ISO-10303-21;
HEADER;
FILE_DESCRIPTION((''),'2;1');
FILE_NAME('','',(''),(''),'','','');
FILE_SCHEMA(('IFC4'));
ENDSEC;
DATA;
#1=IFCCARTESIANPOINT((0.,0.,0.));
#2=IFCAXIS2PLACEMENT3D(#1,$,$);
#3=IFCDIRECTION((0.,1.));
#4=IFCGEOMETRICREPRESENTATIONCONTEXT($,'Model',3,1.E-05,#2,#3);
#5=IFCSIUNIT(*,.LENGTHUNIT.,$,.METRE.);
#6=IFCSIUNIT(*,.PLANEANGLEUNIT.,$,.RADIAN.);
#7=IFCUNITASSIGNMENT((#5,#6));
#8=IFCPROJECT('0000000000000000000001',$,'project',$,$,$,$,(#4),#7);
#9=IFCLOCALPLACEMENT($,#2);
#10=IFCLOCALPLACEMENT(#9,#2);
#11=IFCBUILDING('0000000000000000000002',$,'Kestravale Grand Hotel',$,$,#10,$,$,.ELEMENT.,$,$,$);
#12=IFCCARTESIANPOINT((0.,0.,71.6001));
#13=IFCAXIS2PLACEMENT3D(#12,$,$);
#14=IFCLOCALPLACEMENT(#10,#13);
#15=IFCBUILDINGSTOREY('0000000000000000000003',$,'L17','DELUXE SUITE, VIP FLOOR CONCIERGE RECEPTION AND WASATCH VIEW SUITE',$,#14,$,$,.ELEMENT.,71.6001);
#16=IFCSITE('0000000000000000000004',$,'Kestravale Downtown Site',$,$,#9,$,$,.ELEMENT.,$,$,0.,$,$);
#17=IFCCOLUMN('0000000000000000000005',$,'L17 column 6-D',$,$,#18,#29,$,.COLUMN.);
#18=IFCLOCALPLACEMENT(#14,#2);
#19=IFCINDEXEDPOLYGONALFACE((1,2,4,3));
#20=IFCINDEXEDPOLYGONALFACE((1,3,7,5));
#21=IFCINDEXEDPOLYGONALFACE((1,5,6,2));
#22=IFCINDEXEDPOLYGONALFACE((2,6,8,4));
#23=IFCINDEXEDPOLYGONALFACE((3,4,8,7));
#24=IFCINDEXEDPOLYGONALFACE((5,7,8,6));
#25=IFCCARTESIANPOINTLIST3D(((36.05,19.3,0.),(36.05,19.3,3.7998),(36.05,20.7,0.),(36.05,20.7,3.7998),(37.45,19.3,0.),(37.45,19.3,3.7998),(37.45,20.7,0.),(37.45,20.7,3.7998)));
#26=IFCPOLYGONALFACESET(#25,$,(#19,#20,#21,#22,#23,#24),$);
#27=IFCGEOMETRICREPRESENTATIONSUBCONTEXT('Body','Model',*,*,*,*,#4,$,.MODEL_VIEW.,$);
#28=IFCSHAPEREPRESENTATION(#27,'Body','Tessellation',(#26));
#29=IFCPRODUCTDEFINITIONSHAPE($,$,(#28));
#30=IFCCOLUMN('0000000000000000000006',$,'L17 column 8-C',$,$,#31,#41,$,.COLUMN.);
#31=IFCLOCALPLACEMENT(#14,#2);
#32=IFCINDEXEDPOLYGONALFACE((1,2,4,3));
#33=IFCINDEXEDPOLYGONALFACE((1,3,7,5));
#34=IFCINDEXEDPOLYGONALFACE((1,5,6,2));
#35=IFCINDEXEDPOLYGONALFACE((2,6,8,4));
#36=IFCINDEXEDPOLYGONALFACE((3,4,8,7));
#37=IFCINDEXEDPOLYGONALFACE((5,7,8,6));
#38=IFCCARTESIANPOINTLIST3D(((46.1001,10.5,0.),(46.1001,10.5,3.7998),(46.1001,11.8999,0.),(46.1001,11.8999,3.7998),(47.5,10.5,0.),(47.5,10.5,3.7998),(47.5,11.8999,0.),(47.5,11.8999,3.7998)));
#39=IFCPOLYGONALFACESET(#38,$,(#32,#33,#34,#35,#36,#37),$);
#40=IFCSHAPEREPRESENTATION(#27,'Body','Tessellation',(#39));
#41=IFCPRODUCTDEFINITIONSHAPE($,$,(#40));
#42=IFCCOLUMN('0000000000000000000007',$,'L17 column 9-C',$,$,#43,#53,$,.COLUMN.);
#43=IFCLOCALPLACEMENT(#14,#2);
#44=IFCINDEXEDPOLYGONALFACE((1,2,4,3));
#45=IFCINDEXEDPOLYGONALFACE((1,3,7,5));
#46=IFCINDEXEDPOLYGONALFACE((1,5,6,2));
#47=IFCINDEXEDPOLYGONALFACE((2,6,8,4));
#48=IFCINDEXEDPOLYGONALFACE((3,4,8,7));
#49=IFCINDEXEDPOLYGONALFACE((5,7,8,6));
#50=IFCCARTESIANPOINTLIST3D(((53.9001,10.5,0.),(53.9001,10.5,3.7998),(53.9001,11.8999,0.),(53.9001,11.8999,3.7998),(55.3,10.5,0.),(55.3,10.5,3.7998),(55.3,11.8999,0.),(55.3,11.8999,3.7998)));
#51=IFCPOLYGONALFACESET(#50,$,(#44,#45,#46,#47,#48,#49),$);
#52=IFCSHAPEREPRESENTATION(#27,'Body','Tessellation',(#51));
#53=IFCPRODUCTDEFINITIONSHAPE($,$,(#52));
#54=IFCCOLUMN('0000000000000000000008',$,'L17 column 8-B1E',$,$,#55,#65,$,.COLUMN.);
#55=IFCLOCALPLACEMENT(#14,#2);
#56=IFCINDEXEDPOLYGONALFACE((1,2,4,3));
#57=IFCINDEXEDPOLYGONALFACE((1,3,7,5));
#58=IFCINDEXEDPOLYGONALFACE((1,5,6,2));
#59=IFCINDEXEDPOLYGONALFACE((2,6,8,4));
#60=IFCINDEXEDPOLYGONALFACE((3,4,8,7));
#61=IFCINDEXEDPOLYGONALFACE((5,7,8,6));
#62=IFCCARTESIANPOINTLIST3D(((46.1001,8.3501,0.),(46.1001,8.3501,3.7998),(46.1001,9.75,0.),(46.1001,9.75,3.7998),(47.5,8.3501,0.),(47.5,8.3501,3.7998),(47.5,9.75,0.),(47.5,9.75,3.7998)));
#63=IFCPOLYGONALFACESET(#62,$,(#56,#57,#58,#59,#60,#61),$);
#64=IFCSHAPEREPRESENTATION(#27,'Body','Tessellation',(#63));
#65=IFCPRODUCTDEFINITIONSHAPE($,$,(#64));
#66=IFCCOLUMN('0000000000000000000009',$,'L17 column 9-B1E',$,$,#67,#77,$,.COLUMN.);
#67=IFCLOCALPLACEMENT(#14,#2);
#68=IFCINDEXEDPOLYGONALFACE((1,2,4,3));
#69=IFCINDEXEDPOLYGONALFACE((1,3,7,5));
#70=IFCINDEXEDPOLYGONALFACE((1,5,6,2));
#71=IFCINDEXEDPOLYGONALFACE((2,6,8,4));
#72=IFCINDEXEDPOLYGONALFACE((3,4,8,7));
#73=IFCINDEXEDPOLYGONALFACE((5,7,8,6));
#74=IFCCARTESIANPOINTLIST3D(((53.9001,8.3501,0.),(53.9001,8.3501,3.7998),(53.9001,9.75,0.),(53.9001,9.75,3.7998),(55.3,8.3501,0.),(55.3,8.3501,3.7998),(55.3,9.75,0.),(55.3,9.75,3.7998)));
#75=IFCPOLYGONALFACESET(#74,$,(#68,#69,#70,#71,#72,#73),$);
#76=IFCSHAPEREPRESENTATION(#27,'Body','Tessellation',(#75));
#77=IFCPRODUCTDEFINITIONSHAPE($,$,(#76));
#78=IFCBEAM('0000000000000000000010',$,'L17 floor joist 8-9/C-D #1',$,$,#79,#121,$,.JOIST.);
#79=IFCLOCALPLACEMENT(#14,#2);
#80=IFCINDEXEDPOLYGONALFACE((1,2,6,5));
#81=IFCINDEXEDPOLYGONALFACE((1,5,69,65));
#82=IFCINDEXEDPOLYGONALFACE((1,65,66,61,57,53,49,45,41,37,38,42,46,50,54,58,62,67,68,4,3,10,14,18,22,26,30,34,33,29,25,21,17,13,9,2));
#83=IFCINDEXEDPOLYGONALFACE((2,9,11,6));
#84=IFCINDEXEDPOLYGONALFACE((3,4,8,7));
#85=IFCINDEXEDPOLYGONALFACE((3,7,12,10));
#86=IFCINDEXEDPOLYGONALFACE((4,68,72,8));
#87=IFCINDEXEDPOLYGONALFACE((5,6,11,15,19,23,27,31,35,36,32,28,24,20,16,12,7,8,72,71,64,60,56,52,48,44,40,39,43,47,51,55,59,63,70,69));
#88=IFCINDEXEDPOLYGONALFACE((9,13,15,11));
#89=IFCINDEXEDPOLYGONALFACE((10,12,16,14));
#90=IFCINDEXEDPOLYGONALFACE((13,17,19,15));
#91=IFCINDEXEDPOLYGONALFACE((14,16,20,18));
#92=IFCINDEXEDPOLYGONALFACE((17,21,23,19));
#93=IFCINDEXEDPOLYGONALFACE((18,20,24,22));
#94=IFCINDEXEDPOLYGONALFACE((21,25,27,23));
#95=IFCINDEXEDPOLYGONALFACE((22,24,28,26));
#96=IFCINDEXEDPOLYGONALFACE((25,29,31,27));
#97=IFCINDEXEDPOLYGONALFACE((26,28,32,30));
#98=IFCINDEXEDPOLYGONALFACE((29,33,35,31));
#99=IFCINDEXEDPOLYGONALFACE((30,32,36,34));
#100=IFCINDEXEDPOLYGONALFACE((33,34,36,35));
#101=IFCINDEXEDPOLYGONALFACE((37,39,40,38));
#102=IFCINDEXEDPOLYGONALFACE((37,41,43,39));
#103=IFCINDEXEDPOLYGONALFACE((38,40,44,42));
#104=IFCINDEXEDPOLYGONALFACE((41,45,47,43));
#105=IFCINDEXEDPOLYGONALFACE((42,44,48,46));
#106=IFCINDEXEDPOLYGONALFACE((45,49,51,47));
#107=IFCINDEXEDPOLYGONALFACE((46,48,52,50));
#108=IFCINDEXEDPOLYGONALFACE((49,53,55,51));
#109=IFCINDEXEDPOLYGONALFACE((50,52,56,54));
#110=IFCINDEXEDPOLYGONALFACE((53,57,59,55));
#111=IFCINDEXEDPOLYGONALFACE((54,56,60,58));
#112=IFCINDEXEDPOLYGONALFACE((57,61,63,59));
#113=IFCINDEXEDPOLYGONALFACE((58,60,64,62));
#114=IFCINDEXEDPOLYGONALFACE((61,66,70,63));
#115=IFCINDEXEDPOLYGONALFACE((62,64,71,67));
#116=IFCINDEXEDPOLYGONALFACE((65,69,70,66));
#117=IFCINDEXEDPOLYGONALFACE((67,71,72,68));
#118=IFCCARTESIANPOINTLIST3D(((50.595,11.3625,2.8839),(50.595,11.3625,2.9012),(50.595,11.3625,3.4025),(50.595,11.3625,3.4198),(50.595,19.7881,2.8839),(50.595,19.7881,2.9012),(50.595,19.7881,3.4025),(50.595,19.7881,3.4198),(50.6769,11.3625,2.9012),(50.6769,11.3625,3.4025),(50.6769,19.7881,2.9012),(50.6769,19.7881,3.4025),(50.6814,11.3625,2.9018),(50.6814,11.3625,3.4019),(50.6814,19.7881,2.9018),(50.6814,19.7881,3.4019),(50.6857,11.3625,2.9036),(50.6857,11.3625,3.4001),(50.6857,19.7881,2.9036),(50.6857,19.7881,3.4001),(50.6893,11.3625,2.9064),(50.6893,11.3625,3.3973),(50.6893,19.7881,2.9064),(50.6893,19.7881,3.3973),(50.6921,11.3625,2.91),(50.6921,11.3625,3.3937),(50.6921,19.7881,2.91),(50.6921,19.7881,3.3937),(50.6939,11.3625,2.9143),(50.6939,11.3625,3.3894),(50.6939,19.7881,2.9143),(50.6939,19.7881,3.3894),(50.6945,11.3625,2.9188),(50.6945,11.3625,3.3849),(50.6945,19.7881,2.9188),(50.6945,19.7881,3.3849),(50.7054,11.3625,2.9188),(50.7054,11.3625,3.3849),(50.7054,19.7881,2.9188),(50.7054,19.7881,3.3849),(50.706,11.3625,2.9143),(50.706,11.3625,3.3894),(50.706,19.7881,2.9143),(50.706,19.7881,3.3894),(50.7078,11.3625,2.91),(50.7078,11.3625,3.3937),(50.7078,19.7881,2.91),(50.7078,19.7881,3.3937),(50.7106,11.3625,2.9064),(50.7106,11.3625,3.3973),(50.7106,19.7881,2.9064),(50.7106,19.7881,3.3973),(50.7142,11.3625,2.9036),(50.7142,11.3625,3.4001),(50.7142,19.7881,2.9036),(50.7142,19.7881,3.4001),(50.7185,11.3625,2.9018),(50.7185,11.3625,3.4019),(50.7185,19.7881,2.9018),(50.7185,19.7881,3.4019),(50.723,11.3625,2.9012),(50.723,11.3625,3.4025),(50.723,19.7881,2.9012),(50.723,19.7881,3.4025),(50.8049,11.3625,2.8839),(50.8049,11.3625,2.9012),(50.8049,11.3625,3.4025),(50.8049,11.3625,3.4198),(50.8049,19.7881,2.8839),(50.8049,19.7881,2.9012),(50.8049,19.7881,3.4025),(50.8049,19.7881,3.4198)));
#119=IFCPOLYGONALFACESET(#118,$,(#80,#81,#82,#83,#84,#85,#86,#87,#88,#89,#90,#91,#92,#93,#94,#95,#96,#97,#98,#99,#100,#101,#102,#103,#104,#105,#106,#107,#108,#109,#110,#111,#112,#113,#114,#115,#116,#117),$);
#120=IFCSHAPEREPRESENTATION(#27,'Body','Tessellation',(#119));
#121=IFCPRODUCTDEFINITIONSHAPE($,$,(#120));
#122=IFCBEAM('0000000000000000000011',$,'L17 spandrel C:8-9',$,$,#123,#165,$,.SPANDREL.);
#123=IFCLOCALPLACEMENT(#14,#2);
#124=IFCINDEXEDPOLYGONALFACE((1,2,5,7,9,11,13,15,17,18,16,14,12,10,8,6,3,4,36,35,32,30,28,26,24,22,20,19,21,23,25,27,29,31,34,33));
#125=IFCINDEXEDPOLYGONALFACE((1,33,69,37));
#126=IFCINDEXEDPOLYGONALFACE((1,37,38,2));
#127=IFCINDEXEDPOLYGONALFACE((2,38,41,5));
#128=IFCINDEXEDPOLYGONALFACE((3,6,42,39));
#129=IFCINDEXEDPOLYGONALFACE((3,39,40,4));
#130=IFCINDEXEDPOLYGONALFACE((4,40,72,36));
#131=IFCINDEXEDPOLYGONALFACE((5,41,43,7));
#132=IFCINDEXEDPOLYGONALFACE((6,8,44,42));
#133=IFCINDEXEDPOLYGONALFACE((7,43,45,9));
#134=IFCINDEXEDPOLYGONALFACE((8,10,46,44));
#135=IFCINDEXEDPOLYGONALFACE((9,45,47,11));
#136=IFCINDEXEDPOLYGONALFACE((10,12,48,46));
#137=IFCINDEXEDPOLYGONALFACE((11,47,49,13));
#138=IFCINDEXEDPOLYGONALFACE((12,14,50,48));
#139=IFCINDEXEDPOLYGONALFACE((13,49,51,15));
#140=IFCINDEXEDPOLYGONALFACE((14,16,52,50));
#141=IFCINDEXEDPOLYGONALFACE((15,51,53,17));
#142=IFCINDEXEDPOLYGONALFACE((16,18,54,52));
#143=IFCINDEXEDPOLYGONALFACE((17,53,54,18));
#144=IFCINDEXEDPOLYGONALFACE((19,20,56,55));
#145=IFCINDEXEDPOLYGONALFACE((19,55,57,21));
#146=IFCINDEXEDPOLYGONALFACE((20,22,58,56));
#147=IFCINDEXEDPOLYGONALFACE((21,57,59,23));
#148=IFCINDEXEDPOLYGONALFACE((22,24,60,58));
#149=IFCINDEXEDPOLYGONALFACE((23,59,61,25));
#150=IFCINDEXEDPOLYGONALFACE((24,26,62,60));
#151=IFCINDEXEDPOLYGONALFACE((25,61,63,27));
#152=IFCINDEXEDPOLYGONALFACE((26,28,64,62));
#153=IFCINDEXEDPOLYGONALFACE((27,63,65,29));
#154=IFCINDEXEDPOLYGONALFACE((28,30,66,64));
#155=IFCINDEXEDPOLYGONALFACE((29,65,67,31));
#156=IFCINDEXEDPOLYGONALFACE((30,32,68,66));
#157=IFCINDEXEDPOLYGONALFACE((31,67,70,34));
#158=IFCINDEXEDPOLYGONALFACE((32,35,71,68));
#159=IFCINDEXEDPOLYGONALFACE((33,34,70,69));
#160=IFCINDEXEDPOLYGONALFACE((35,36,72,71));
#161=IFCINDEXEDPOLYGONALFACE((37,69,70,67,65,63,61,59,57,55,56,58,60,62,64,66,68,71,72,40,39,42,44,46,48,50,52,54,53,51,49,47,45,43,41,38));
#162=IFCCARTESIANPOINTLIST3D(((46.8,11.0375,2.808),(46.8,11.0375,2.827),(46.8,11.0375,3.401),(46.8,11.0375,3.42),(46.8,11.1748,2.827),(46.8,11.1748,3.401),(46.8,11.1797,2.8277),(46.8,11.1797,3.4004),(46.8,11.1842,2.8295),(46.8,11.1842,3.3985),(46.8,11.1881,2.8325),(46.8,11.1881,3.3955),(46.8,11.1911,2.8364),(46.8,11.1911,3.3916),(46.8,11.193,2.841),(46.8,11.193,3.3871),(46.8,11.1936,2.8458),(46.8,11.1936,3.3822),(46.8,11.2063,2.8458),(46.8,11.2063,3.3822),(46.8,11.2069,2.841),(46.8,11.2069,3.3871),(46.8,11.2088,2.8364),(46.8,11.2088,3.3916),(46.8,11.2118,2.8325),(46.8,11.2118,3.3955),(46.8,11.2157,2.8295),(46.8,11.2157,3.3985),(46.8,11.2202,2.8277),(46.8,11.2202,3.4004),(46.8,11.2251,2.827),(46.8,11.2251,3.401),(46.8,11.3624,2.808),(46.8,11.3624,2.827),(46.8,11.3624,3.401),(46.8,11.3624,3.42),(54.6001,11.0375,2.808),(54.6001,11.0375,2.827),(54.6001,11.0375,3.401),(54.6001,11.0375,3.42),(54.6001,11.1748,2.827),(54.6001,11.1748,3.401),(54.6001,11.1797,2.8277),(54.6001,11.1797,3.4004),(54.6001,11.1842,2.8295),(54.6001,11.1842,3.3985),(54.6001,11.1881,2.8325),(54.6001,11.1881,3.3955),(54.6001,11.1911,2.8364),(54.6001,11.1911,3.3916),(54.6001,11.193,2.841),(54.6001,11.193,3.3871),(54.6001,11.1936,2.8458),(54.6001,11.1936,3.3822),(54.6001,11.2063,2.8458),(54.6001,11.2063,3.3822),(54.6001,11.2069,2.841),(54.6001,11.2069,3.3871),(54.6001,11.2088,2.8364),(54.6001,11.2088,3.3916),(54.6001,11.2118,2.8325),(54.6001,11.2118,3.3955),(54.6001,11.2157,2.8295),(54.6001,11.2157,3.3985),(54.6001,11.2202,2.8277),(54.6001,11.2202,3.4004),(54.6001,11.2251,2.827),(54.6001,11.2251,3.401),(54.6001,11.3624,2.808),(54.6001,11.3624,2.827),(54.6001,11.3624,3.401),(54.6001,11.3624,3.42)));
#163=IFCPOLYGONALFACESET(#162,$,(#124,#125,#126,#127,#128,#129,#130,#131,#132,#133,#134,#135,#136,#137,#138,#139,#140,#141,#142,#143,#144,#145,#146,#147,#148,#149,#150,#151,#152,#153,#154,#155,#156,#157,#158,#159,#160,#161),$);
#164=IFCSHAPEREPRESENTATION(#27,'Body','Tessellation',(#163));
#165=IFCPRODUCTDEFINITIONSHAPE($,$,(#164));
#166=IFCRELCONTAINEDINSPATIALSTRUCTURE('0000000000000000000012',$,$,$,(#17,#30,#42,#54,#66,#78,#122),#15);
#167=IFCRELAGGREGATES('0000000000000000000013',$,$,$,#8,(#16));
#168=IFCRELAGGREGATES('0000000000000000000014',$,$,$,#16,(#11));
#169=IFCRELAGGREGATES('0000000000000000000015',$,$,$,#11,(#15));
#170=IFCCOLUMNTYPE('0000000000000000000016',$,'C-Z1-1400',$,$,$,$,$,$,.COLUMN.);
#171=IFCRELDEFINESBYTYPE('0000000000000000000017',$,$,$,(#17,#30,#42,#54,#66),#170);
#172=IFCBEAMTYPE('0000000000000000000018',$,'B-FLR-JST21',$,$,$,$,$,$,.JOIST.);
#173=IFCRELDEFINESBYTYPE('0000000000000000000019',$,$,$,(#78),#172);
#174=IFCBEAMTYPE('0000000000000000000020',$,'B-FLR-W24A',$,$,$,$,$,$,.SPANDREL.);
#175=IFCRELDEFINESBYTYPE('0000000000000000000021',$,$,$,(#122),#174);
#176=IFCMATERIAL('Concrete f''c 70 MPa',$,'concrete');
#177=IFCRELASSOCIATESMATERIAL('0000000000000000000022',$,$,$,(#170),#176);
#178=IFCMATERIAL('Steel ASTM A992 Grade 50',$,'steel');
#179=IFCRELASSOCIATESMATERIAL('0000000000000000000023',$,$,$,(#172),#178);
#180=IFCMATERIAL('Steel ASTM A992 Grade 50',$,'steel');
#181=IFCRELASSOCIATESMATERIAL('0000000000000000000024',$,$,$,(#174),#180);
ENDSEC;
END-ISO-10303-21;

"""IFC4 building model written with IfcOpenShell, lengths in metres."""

from ifc_helpers import new_model, si_unit, direction, frame, origin, origin_2d, place, context, subcontext, project, spatial, rectangle, i_section, extrude, material, material_profile, profile_set, type_object, element, save


model = new_model("IFC4")

# Units and contexts
model_context = context("Model", 3, precision=1e-05, world=origin(), true_north=direction((0.0, 1.0)))
body_context = subcontext(model_context, "Body", "Model", "MODEL_VIEW")
ifc_project = project(units=[si_unit("LENGTHUNIT", "METRE"), si_unit("PLANEANGLEUNIT", "RADIAN")], contexts=[model_context])

# Site, building, storey
site_placement = place(None, origin())
site = spatial("IfcSite", under=ifc_project, at=site_placement, Name="Kestravale Downtown Site", CompositionType="ELEMENT", RefElevation=0.0)
building_placement = place(site_placement, origin())
building = spatial("IfcBuilding", under=site, at=building_placement, Name="Kestravale Grand Hotel", CompositionType="ELEMENT")
storey_placement = place(building_placement, frame((0.0, 0.0, 71.6001)))
storey = spatial("IfcBuildingStorey", under=building, at=storey_placement, Name="L17", Description="DELUXE SUITE, VIP FLOOR CONCIERGE RECEPTION AND WASATCH VIEW SUITE", CompositionType="ELEMENT", Elevation=71.6001)

# Columns
ifc_material_1 = material(Name="Concrete f'c 70 MPa", Category="concrete")
ifc_material_profile_1 = material_profile(ifc_material_1, rectangle(XDim=1.3999, YDim=1.3999, at=origin_2d()))
ifc_profile_set_1 = profile_set([ifc_material_profile_1], Name="Concrete f'c 70 MPa")
column_type = type_object("IfcColumnType", Name="C-Z1-1400", PredefinedType="COLUMN", material=ifc_profile_set_1)
for number, where, z_axis, x_axis, name in (
    (1, (36.75, 20.0, 0.0), (0.0, 0.0, 1.0), (1.0, 0.0, 0.0), "L17 column 6-D"),
    (2, (46.8, 11.2, 0.0), (0.0, 0.0, 1.0), (1.0, 0.0, 0.0), "L17 column 8-C"),
    (3, (54.6001, 11.2, 0.0), (0.0, 0.0, 1.0), (1.0, 0.0, 0.0), "L17 column 9-C"),
    (4, (46.8, 9.05, 0.0), (0.0, 0.0, 1.0), (1.0, 0.0, 0.0), "L17 column 8-B1E"),
    (5, (54.6001, 9.05, 0.0), (0.0, 0.0, 1.0), (1.0, 0.0, 0.0), "L17 column 9-B1E"),
):
    element("IfcColumn", number, at=place(storey_placement, frame(where, z_axis=z_axis, x_axis=x_axis)), inside=storey, type_object=column_type, Name=name, PredefinedType="COLUMN", context=body_context, shape_type="SweptSolid", body=[
        extrude(rectangle(XDim=1.3999, YDim=1.3999, at=origin_2d()), origin(), (0.0, 0.0, 1.0), 3.7998),
    ])

# Beams
ifc_material_2 = material(Name="Steel ASTM A992 Grade 50", Category="steel")
ifc_material_profile_2 = material_profile(ifc_material_2, i_section(OverallWidth=0.21, OverallDepth=0.5359, WebThickness=0.011, FlangeThickness=0.0173, FilletRadius=0.0176, at=origin_2d()))
ifc_profile_set_2 = profile_set([ifc_material_profile_2], Name="Steel ASTM A992 Grade 50")
beam_type_1 = type_object("IfcBeamType", Name="B-FLR-JST21", PredefinedType="JOIST", material=ifc_profile_set_2)
beam_1_placement = place(storey_placement, frame((50.7, 11.3625, 3.1519), z_axis=(0.0, 1.0, 0.0), x_axis=(-1.0, 0.0, 0.0)))
element("IfcBeam", 6, at=beam_1_placement, inside=storey, type_object=beam_type_1, Name="L17 floor joist 8-9/C-D #1", PredefinedType="JOIST", context=body_context, shape_type="SweptSolid", body=[
    extrude(i_section(OverallWidth=0.21, OverallDepth=0.5359, WebThickness=0.011, FlangeThickness=0.0173, FilletRadius=0.0176, at=origin_2d()), origin(), (0.0, 0.0, 1.0), 8.4255),
])
ifc_material_3 = material(Name="Steel ASTM A992 Grade 50", Category="steel")
ifc_material_profile_3 = material_profile(ifc_material_3, i_section(OverallWidth=0.325, OverallDepth=0.6121, WebThickness=0.0127, FlangeThickness=0.019, FilletRadius=0.0188, at=origin_2d()))
ifc_profile_set_3 = profile_set([ifc_material_profile_3], Name="Steel ASTM A992 Grade 50")
beam_type_2 = type_object("IfcBeamType", Name="B-FLR-W24A", PredefinedType="SPANDREL", material=ifc_profile_set_3)
beam_2_placement = place(storey_placement, frame((46.8, 11.2, 3.114), z_axis=(1.0, 0.0, 0.0), x_axis=(0.0, 1.0, 0.0)))
element("IfcBeam", 7, at=beam_2_placement, inside=storey, type_object=beam_type_2, Name="L17 spandrel C:8-9", PredefinedType="SPANDREL", context=body_context, shape_type="SweptSolid", body=[
    extrude(i_section(OverallWidth=0.325, OverallDepth=0.6121, WebThickness=0.0127, FlangeThickness=0.019, FilletRadius=0.0188, at=origin_2d()), origin(), (0.0, 0.0, 1.0), 7.8),
])

save(model, "model.ifc")
